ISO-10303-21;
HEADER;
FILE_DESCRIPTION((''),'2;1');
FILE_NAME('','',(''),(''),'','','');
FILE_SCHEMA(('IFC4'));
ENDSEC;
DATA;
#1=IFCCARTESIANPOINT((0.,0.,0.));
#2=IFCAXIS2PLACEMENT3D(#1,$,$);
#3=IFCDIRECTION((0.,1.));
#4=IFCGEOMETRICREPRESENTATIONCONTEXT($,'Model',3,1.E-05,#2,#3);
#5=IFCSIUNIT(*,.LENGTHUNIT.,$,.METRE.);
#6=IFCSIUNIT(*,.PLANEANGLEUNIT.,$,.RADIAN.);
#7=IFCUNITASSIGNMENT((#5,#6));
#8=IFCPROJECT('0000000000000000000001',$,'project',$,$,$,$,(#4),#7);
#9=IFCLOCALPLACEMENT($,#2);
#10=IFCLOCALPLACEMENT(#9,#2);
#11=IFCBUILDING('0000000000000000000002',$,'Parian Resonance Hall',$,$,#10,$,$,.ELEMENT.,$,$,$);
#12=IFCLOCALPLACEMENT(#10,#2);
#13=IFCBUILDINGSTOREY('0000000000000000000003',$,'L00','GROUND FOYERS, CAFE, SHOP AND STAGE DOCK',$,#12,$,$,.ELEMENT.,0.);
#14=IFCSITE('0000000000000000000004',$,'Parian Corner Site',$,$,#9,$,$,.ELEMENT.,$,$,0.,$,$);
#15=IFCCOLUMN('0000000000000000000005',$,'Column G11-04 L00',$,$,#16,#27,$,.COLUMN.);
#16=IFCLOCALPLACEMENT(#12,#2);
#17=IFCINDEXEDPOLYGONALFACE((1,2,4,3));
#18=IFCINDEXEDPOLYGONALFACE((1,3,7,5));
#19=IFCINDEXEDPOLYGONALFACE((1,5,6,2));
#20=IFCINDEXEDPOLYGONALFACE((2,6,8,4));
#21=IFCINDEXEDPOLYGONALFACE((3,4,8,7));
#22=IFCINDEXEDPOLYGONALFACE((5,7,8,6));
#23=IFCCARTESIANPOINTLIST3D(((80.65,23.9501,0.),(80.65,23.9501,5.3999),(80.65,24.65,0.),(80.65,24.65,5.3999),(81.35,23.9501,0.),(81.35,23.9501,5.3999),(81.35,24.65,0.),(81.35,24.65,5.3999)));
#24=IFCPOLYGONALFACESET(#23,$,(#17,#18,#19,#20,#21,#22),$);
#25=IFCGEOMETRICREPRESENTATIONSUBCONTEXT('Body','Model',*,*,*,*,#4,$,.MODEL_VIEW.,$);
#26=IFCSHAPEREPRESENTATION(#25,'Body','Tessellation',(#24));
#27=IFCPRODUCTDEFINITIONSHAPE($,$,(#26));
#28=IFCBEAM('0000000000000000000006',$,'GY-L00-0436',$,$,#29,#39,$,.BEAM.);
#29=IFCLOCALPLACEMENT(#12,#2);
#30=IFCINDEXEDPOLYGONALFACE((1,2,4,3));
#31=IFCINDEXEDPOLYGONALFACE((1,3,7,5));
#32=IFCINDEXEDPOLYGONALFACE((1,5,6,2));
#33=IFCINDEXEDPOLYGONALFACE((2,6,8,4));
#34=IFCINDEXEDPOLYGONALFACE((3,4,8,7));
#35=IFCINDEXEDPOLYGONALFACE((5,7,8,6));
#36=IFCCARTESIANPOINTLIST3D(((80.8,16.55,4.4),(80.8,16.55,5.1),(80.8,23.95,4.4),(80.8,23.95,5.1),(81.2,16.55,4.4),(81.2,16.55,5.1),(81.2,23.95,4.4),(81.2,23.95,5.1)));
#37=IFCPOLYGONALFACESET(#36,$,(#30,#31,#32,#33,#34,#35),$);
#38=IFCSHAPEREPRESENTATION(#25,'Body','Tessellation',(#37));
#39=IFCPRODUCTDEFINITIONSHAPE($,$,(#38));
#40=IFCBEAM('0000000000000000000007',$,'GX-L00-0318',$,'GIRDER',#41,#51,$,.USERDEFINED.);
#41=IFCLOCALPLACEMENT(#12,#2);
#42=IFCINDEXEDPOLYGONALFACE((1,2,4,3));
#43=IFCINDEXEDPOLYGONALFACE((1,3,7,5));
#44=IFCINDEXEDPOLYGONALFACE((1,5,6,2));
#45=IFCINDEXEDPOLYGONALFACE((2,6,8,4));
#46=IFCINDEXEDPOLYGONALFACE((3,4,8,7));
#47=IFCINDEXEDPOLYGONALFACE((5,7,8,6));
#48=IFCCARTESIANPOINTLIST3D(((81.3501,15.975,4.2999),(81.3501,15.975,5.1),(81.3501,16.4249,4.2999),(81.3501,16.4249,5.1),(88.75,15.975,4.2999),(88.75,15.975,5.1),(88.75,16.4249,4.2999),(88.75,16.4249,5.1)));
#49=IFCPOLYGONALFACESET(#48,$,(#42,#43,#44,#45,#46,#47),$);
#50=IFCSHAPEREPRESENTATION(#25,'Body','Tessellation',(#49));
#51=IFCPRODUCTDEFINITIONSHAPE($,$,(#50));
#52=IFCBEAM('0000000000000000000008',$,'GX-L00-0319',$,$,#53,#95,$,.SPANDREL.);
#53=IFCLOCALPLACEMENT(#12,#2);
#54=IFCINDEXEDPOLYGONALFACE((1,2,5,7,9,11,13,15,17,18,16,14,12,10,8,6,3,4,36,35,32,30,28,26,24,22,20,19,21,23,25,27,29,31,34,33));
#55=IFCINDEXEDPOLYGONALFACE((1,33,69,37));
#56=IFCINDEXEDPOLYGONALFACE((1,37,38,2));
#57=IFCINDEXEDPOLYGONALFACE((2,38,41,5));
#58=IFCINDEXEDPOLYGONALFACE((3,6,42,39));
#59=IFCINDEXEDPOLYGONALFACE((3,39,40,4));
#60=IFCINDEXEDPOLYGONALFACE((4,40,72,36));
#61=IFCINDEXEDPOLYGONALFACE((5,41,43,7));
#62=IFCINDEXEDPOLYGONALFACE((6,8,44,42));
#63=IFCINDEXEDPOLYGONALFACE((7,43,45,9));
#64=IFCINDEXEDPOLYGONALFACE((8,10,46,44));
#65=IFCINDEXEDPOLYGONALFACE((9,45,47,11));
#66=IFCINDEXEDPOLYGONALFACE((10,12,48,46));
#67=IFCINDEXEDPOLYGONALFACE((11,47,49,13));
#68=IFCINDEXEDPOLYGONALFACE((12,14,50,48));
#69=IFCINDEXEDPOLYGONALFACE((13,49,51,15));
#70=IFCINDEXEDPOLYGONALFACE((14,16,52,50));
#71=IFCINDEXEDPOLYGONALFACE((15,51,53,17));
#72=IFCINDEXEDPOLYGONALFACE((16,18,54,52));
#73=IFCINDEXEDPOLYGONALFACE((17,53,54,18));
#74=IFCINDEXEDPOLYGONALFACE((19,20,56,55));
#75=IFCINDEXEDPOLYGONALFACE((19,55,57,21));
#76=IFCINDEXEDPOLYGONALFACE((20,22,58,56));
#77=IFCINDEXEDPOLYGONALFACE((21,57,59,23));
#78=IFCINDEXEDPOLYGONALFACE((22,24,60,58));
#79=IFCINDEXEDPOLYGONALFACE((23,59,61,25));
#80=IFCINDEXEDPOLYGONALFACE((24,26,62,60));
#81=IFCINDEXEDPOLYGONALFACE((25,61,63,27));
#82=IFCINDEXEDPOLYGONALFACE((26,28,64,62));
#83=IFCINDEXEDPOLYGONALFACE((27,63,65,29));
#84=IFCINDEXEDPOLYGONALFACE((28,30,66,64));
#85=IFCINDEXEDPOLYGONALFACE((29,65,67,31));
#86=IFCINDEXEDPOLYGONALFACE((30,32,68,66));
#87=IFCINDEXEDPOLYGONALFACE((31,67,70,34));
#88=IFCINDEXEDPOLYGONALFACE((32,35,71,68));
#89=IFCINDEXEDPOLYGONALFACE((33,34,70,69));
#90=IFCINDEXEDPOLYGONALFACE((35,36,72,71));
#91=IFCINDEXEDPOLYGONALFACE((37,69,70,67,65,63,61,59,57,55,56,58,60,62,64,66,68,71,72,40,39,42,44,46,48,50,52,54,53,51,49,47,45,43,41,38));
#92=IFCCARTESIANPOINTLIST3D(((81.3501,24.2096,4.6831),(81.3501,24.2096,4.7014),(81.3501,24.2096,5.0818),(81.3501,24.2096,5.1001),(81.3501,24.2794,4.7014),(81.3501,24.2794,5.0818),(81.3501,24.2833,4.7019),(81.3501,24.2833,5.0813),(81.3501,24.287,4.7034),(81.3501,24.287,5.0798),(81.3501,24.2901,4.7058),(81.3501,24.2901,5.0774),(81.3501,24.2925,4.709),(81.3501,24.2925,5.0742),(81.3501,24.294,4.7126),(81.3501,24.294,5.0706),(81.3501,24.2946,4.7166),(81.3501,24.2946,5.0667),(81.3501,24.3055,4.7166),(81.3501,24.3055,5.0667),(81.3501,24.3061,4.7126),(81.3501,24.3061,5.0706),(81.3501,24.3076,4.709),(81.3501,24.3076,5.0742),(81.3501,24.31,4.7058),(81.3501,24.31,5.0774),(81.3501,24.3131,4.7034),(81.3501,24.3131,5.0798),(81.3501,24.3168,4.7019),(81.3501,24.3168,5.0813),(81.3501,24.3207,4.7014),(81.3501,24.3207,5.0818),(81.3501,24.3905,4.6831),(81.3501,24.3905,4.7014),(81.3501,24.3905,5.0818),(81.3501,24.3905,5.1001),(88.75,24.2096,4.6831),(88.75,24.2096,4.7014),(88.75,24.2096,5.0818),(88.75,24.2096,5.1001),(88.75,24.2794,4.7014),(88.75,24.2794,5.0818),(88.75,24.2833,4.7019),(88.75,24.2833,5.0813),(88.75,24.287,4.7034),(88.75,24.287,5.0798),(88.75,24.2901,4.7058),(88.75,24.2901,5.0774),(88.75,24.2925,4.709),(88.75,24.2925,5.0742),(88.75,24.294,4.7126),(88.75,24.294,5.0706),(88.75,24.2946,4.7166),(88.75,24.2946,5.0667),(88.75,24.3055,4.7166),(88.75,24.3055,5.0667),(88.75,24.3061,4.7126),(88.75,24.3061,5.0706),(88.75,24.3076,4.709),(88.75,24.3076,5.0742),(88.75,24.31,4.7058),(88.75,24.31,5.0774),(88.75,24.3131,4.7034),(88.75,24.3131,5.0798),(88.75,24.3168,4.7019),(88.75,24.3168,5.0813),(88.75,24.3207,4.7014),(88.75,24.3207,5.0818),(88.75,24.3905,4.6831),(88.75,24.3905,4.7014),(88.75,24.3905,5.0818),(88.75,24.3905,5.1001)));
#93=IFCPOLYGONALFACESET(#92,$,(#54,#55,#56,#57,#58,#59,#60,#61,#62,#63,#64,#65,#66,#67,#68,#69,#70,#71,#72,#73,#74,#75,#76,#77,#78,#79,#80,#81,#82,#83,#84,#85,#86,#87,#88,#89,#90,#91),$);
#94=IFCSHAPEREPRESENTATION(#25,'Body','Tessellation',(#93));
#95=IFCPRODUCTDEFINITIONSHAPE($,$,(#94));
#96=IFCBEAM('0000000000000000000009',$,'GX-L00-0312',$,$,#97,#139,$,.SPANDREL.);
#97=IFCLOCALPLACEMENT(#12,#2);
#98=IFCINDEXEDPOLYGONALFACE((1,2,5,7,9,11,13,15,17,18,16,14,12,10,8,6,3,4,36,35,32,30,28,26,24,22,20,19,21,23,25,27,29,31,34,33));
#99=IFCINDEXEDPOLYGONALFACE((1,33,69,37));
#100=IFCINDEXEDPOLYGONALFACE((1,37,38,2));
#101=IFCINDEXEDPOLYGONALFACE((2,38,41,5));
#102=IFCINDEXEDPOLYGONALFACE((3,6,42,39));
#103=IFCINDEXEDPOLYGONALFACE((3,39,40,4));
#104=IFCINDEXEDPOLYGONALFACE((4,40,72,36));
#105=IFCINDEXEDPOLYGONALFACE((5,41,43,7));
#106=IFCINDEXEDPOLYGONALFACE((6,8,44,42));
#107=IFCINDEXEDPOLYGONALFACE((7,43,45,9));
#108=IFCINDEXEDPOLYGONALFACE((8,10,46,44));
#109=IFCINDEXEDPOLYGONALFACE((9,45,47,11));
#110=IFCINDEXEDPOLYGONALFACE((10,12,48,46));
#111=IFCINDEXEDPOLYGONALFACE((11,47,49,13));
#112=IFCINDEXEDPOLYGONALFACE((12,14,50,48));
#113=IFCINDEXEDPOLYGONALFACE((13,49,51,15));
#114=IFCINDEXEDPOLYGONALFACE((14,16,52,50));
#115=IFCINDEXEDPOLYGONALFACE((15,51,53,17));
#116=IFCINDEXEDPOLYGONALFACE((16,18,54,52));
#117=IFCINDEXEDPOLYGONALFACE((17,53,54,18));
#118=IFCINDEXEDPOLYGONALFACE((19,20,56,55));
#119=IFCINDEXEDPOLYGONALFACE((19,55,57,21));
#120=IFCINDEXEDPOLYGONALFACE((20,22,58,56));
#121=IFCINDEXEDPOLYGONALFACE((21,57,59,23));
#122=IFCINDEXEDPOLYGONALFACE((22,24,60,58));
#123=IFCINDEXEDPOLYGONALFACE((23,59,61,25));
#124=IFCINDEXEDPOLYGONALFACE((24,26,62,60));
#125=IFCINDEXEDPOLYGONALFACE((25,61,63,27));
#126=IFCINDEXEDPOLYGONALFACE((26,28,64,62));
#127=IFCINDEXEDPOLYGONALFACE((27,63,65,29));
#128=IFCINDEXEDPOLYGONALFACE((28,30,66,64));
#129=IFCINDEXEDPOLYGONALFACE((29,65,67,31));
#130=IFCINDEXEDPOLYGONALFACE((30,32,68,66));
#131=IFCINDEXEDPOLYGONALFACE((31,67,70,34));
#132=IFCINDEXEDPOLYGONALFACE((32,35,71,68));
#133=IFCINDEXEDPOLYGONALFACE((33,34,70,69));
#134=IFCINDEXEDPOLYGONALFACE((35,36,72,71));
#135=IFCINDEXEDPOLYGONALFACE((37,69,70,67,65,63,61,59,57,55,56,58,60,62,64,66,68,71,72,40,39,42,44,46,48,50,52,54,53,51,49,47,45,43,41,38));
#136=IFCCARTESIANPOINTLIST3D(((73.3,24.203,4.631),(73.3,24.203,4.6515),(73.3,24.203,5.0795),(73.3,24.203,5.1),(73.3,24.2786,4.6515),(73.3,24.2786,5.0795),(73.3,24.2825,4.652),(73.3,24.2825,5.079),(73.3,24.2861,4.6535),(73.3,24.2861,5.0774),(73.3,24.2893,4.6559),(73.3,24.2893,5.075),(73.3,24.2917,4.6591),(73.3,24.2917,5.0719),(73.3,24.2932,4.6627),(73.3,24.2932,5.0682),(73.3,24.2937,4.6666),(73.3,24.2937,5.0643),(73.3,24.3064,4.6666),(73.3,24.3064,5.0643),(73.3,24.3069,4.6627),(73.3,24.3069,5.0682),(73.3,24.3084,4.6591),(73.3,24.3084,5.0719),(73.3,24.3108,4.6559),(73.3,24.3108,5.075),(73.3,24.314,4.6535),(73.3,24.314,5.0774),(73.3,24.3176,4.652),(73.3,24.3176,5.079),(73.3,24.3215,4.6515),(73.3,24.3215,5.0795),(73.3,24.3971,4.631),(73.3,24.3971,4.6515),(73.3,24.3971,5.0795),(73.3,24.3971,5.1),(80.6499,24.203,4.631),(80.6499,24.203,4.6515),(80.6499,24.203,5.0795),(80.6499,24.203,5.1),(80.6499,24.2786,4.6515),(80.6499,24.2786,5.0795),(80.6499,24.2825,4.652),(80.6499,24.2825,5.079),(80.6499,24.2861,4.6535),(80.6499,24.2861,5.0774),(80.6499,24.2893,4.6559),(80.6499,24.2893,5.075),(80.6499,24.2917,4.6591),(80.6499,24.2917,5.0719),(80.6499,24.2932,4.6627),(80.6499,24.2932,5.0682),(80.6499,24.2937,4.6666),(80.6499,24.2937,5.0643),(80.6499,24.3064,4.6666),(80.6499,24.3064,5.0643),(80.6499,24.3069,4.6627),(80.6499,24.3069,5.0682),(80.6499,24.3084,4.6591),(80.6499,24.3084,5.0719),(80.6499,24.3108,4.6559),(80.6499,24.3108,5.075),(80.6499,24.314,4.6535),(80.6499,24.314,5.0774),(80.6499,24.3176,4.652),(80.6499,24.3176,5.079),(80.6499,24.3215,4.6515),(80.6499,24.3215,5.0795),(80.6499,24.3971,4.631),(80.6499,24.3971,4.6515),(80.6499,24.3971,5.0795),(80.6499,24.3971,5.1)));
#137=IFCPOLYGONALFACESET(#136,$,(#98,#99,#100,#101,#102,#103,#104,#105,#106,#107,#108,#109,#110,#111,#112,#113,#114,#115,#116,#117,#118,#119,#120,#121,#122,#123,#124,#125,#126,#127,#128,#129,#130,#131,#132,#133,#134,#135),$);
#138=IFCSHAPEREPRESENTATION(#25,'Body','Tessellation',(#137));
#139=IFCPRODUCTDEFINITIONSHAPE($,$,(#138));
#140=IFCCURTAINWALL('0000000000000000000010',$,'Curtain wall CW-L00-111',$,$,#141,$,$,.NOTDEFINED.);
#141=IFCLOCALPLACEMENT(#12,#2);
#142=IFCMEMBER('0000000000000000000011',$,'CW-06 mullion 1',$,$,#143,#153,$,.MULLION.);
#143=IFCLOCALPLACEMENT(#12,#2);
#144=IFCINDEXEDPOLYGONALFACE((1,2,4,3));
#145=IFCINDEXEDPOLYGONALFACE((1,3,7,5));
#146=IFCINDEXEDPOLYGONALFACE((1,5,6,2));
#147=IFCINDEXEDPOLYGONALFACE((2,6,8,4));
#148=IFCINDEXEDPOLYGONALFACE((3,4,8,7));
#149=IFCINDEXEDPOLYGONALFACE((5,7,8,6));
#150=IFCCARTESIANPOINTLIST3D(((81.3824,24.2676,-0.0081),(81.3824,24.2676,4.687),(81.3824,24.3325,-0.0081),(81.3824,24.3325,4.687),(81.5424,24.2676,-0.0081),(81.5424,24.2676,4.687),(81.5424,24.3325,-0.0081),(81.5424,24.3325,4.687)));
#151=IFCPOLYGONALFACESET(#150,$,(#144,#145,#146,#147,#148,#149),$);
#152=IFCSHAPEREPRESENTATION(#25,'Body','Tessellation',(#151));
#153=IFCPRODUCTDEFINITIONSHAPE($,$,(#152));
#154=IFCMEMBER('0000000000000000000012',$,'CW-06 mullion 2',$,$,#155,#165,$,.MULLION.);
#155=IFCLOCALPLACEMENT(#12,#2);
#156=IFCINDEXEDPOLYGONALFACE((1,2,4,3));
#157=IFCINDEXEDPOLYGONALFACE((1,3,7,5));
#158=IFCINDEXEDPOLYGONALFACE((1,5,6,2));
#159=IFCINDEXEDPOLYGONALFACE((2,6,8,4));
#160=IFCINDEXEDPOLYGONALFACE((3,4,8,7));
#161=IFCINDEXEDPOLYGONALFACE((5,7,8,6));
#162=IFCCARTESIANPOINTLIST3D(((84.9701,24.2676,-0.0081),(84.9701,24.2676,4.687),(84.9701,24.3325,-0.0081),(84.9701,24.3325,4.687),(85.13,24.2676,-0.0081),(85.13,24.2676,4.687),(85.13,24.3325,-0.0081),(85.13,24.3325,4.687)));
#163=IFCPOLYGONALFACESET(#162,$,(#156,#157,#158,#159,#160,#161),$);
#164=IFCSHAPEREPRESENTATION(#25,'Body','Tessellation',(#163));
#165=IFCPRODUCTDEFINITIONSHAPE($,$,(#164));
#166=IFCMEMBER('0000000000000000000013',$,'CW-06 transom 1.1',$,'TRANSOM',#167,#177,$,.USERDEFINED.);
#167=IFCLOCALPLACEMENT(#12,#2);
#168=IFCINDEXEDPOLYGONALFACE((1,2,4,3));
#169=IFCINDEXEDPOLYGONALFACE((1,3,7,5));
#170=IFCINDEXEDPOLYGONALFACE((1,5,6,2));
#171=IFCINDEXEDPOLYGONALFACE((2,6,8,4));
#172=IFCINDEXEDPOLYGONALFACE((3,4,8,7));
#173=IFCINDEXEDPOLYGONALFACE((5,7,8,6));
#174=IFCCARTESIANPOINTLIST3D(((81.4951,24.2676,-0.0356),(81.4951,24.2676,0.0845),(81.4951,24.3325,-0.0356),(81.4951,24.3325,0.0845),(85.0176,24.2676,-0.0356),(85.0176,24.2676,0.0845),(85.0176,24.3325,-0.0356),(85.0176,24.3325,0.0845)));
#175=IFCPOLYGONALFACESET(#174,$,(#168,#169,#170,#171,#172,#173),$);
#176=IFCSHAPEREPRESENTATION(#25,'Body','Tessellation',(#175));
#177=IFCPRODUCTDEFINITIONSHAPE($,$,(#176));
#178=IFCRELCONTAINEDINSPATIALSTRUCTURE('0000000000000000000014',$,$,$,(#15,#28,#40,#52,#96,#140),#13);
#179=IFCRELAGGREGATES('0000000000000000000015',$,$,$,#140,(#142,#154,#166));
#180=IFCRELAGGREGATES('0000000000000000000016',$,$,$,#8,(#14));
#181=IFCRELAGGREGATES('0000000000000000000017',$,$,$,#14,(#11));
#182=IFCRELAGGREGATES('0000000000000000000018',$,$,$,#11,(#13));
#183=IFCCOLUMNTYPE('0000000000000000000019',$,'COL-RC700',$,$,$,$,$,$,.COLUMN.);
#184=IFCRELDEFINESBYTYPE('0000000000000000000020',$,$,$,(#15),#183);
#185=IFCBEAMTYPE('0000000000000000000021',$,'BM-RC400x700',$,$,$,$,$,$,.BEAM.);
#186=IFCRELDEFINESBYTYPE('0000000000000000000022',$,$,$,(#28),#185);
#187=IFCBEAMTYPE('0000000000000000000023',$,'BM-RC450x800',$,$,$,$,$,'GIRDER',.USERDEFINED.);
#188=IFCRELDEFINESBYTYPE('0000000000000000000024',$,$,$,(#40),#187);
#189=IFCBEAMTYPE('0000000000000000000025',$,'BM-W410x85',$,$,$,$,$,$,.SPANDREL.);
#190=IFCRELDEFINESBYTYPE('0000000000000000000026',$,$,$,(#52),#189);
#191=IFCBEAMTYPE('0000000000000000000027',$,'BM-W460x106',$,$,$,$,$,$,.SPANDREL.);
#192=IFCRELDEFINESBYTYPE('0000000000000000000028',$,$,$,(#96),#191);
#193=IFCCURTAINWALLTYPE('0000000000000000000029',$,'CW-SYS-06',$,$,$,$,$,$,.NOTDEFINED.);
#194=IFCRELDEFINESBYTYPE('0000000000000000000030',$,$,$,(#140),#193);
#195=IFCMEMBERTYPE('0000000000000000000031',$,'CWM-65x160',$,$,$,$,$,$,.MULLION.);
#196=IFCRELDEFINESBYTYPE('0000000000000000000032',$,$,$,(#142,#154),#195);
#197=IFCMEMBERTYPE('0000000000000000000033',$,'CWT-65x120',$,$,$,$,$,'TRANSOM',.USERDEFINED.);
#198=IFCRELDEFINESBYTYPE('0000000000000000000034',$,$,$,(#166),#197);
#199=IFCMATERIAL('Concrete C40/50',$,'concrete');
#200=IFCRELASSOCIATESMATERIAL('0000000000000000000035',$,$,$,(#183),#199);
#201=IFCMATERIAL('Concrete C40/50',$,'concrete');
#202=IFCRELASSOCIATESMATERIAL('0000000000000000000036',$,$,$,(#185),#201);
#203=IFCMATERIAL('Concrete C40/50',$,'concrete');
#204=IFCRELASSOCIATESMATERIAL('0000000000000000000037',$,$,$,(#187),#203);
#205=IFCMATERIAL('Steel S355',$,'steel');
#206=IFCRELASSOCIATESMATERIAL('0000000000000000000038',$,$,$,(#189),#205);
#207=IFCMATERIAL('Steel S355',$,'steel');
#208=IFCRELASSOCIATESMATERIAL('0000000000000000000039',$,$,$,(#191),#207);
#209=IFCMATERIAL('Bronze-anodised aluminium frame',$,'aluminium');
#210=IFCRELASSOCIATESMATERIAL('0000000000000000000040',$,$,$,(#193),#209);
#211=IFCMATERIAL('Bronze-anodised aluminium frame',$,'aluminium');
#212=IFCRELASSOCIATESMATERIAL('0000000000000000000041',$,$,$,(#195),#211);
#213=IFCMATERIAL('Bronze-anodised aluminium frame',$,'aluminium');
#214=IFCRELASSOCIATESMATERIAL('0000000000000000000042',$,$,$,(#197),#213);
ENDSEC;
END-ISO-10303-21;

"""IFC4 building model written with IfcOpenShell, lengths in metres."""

from ifc_helpers import new_model, si_unit, direction, frame, origin, origin_2d, place, context, subcontext, project, spatial, rectangle, i_section, extrude, material, material_profile, profile_set, type_object, element, aggregate, save


model = new_model("IFC4")

# Units and contexts
model_context = context("Model", 3, precision=1e-05, world=origin(), true_north=direction((0.0, 1.0)))
body_context = subcontext(model_context, "Body", "Model", "MODEL_VIEW")
ifc_project = project(units=[si_unit("LENGTHUNIT", "METRE"), si_unit("PLANEANGLEUNIT", "RADIAN")], contexts=[model_context])

# Site, building, storey
site_placement = place(None, origin())
site = spatial("IfcSite", under=ifc_project, at=site_placement, Name="Parian Corner Site", CompositionType="ELEMENT", RefElevation=0.0)
building_placement = place(site_placement, origin())
building = spatial("IfcBuilding", under=site, at=building_placement, Name="Parian Resonance Hall", CompositionType="ELEMENT")
storey_placement = place(building_placement, origin())
storey = spatial("IfcBuildingStorey", under=building, at=storey_placement, Name="L00", Description="GROUND FOYERS, CAFE, SHOP AND STAGE DOCK", CompositionType="ELEMENT", Elevation=0.0)

# Column
ifc_material_1 = material(Name="Concrete C40/50", Category="concrete")
ifc_material_profile_1 = material_profile(ifc_material_1, rectangle(XDim=0.7, YDim=0.7, at=origin_2d()), Name="RC-COL-700x700")
ifc_profile_set_1 = profile_set([ifc_material_profile_1], Name="Concrete C40/50")
column_type = type_object("IfcColumnType", Name="COL-RC700", PredefinedType="COLUMN", material=ifc_profile_set_1)
column_placement = place(storey_placement, frame((81.0, 24.3, 0.0), z_axis=(0.0, 0.0, 1.0), x_axis=(1.0, 0.0, 0.0)))
element("IfcColumn", 1, at=column_placement, inside=storey, type_object=column_type, Name="Column G11-04 L00", PredefinedType="COLUMN", context=body_context, shape_type="SweptSolid", body=[
    extrude(rectangle(XDim=0.7, YDim=0.7, at=origin_2d()), origin(), (0.0, 0.0, 1.0), 5.3999),
])

# Beams
ifc_material_2 = material(Name="Concrete C40/50", Category="concrete")
ifc_material_profile_2 = material_profile(ifc_material_2, rectangle(XDim=0.3999, YDim=0.7, at=origin_2d()), Name="RC-BM-400x700")
ifc_profile_set_2 = profile_set([ifc_material_profile_2], Name="Concrete C40/50")
beam_type_1 = type_object("IfcBeamType", Name="BM-RC400x700", PredefinedType="BEAM", material=ifc_profile_set_2)
beam_1_placement = place(storey_placement, frame((81.0, 16.55, 4.75), z_axis=(0.0, 1.0, 0.0), x_axis=(-1.0, 0.0, 0.0)))
element("IfcBeam", 2, at=beam_1_placement, inside=storey, type_object=beam_type_1, Name="GY-L00-0436", PredefinedType="BEAM", context=body_context, shape_type="SweptSolid", body=[
    extrude(rectangle(XDim=0.3999, YDim=0.7, at=origin_2d()), origin(), (0.0, 0.0, 1.0), 7.3999),
])
ifc_material_3 = material(Name="Concrete C40/50", Category="concrete")
ifc_material_profile_3 = material_profile(ifc_material_3, rectangle(XDim=0.45, YDim=0.8, at=origin_2d()), Name="RC-BM-450x800")
ifc_profile_set_3 = profile_set([ifc_material_profile_3], Name="Concrete C40/50")
beam_type_2 = type_object("IfcBeamType", Name="BM-RC450x800", ElementType="GIRDER", PredefinedType="USERDEFINED", material=ifc_profile_set_3)
beam_2_placement = place(storey_placement, frame((81.3501, 16.2, 4.7), z_axis=(1.0, 0.0, 0.0), x_axis=(0.0, 1.0, 0.0)))
element("IfcBeam", 3, at=beam_2_placement, inside=storey, type_object=beam_type_2, Name="GX-L00-0318", ObjectType="GIRDER", PredefinedType="USERDEFINED", context=body_context, shape_type="SweptSolid", body=[
    extrude(rectangle(XDim=0.45, YDim=0.8, at=origin_2d()), origin(), (0.0, 0.0, 1.0), 7.3999),
])
ifc_material_4 = material(Name="Steel S355", Category="steel")
ifc_material_profile_4 = material_profile(ifc_material_4, i_section(OverallWidth=0.1809, OverallDepth=0.417, WebThickness=0.011, FlangeThickness=0.0183, FilletRadius=0.0151, at=origin_2d()), Name="W410x85")
ifc_profile_set_4 = profile_set([ifc_material_profile_4], Name="Steel S355")
beam_type_3 = type_object("IfcBeamType", Name="BM-W410x85", PredefinedType="SPANDREL", material=ifc_profile_set_4)
beam_3_placement = place(storey_placement, frame((81.3501, 24.3, 4.8916), z_axis=(1.0, 0.0, 0.0), x_axis=(0.0, 1.0, 0.0)))
element("IfcBeam", 4, at=beam_3_placement, inside=storey, type_object=beam_type_3, Name="GX-L00-0319", PredefinedType="SPANDREL", context=body_context, shape_type="SweptSolid", body=[
    extrude(i_section(OverallWidth=0.1809, OverallDepth=0.417, WebThickness=0.011, FlangeThickness=0.0183, FilletRadius=0.0151, at=origin_2d()), origin(), (0.0, 0.0, 1.0), 7.3999),
])
ifc_material_5 = material(Name="Steel S355", Category="steel")
ifc_material_profile_5 = material_profile(ifc_material_5, i_section(OverallWidth=0.1941, OverallDepth=0.469, WebThickness=0.0127, FlangeThickness=0.0205, FilletRadius=0.0151, at=origin_2d()), Name="W460x106")
ifc_profile_set_5 = profile_set([ifc_material_profile_5], Name="Steel S355")
beam_type_4 = type_object("IfcBeamType", Name="BM-W460x106", PredefinedType="SPANDREL", material=ifc_profile_set_5)
beam_4_placement = place(storey_placement, frame((73.3, 24.3, 4.8655), z_axis=(1.0, 0.0, 0.0), x_axis=(0.0, 1.0, 0.0)))
element("IfcBeam", 5, at=beam_4_placement, inside=storey, type_object=beam_type_4, Name="GX-L00-0312", PredefinedType="SPANDREL", context=body_context, shape_type="SweptSolid", body=[
    extrude(i_section(OverallWidth=0.1941, OverallDepth=0.469, WebThickness=0.0127, FlangeThickness=0.0205, FilletRadius=0.0151, at=origin_2d()), origin(), (0.0, 0.0, 1.0), 7.3499),
])

# Curtain wall, members
ifc_material_6 = material(Name="Bronze-anodised aluminium frame", Category="aluminium")
curtain_wall_type = type_object("IfcCurtainWallType", Name="CW-SYS-06", PredefinedType="NOTDEFINED", material=ifc_material_6)
curtain_wall_placement = place(storey_placement, origin())
curtain_wall = element("IfcCurtainWall", 6, at=curtain_wall_placement, inside=storey, type_object=curtain_wall_type, Name="Curtain wall CW-L00-111", PredefinedType="NOTDEFINED")
ifc_material_7 = material(Name="Bronze-anodised aluminium frame", Category="aluminium")
ifc_material_profile_6 = material_profile(ifc_material_7, rectangle(XDim=0.0649, YDim=0.1599, at=origin_2d()), Name="CWM-65x160")
ifc_profile_set_6 = profile_set([ifc_material_profile_6], Name="Bronze-anodised aluminium frame")
member_type_1 = type_object("IfcMemberType", Name="CWM-65x160", PredefinedType="MULLION", material=ifc_profile_set_6)
member_1_placement = place(storey_placement, frame((81.4624, 24.3, -0.0081), z_axis=(0.0, 0.0, 1.0), x_axis=(0.0, 1.0, 0.0)))
member_1 = element("IfcMember", 7, at=member_1_placement, type_object=member_type_1, Name="CW-06 mullion 1", PredefinedType="MULLION", context=body_context, shape_type="SweptSolid", body=[
    extrude(rectangle(XDim=0.0649, YDim=0.1599, at=origin_2d()), origin(), (0.0, 0.0, 1.0), 4.6951),
])
member_2_placement = place(storey_placement, frame((85.05, 24.3, -0.0081), z_axis=(0.0, 0.0, 1.0), x_axis=(0.0, 1.0, 0.0)))
member_2 = element("IfcMember", 8, at=member_2_placement, type_object=member_type_1, Name="CW-06 mullion 2", PredefinedType="MULLION", context=body_context, shape_type="SweptSolid", body=[
    extrude(rectangle(XDim=0.0649, YDim=0.1599, at=origin_2d()), origin(), (0.0, 0.0, 1.0), 4.6951),
])
ifc_material_8 = material(Name="Bronze-anodised aluminium frame", Category="aluminium")
ifc_material_profile_7 = material_profile(ifc_material_8, rectangle(XDim=0.0649, YDim=0.1201, at=origin_2d()), Name="CWT-65x120")
ifc_profile_set_7 = profile_set([ifc_material_profile_7], Name="Bronze-anodised aluminium frame")
member_type_2 = type_object("IfcMemberType", Name="CWT-65x120", ElementType="TRANSOM", PredefinedType="USERDEFINED", material=ifc_profile_set_7)
member_3_placement = place(storey_placement, frame((81.4951, 24.3, 0.0244), z_axis=(1.0, 0.0, 0.0), x_axis=(0.0, 1.0, 0.0)))
member_3 = element("IfcMember", 9, at=member_3_placement, type_object=member_type_2, Name="CW-06 transom 1.1", ObjectType="TRANSOM", PredefinedType="USERDEFINED", context=body_context, shape_type="SweptSolid", body=[
    extrude(rectangle(XDim=0.0649, YDim=0.1201, at=origin_2d()), origin(), (0.0, 0.0, 1.0), 3.5225),
])
aggregate(curtain_wall, [member_1, member_2, member_3])

save(model, "model.ifc")
